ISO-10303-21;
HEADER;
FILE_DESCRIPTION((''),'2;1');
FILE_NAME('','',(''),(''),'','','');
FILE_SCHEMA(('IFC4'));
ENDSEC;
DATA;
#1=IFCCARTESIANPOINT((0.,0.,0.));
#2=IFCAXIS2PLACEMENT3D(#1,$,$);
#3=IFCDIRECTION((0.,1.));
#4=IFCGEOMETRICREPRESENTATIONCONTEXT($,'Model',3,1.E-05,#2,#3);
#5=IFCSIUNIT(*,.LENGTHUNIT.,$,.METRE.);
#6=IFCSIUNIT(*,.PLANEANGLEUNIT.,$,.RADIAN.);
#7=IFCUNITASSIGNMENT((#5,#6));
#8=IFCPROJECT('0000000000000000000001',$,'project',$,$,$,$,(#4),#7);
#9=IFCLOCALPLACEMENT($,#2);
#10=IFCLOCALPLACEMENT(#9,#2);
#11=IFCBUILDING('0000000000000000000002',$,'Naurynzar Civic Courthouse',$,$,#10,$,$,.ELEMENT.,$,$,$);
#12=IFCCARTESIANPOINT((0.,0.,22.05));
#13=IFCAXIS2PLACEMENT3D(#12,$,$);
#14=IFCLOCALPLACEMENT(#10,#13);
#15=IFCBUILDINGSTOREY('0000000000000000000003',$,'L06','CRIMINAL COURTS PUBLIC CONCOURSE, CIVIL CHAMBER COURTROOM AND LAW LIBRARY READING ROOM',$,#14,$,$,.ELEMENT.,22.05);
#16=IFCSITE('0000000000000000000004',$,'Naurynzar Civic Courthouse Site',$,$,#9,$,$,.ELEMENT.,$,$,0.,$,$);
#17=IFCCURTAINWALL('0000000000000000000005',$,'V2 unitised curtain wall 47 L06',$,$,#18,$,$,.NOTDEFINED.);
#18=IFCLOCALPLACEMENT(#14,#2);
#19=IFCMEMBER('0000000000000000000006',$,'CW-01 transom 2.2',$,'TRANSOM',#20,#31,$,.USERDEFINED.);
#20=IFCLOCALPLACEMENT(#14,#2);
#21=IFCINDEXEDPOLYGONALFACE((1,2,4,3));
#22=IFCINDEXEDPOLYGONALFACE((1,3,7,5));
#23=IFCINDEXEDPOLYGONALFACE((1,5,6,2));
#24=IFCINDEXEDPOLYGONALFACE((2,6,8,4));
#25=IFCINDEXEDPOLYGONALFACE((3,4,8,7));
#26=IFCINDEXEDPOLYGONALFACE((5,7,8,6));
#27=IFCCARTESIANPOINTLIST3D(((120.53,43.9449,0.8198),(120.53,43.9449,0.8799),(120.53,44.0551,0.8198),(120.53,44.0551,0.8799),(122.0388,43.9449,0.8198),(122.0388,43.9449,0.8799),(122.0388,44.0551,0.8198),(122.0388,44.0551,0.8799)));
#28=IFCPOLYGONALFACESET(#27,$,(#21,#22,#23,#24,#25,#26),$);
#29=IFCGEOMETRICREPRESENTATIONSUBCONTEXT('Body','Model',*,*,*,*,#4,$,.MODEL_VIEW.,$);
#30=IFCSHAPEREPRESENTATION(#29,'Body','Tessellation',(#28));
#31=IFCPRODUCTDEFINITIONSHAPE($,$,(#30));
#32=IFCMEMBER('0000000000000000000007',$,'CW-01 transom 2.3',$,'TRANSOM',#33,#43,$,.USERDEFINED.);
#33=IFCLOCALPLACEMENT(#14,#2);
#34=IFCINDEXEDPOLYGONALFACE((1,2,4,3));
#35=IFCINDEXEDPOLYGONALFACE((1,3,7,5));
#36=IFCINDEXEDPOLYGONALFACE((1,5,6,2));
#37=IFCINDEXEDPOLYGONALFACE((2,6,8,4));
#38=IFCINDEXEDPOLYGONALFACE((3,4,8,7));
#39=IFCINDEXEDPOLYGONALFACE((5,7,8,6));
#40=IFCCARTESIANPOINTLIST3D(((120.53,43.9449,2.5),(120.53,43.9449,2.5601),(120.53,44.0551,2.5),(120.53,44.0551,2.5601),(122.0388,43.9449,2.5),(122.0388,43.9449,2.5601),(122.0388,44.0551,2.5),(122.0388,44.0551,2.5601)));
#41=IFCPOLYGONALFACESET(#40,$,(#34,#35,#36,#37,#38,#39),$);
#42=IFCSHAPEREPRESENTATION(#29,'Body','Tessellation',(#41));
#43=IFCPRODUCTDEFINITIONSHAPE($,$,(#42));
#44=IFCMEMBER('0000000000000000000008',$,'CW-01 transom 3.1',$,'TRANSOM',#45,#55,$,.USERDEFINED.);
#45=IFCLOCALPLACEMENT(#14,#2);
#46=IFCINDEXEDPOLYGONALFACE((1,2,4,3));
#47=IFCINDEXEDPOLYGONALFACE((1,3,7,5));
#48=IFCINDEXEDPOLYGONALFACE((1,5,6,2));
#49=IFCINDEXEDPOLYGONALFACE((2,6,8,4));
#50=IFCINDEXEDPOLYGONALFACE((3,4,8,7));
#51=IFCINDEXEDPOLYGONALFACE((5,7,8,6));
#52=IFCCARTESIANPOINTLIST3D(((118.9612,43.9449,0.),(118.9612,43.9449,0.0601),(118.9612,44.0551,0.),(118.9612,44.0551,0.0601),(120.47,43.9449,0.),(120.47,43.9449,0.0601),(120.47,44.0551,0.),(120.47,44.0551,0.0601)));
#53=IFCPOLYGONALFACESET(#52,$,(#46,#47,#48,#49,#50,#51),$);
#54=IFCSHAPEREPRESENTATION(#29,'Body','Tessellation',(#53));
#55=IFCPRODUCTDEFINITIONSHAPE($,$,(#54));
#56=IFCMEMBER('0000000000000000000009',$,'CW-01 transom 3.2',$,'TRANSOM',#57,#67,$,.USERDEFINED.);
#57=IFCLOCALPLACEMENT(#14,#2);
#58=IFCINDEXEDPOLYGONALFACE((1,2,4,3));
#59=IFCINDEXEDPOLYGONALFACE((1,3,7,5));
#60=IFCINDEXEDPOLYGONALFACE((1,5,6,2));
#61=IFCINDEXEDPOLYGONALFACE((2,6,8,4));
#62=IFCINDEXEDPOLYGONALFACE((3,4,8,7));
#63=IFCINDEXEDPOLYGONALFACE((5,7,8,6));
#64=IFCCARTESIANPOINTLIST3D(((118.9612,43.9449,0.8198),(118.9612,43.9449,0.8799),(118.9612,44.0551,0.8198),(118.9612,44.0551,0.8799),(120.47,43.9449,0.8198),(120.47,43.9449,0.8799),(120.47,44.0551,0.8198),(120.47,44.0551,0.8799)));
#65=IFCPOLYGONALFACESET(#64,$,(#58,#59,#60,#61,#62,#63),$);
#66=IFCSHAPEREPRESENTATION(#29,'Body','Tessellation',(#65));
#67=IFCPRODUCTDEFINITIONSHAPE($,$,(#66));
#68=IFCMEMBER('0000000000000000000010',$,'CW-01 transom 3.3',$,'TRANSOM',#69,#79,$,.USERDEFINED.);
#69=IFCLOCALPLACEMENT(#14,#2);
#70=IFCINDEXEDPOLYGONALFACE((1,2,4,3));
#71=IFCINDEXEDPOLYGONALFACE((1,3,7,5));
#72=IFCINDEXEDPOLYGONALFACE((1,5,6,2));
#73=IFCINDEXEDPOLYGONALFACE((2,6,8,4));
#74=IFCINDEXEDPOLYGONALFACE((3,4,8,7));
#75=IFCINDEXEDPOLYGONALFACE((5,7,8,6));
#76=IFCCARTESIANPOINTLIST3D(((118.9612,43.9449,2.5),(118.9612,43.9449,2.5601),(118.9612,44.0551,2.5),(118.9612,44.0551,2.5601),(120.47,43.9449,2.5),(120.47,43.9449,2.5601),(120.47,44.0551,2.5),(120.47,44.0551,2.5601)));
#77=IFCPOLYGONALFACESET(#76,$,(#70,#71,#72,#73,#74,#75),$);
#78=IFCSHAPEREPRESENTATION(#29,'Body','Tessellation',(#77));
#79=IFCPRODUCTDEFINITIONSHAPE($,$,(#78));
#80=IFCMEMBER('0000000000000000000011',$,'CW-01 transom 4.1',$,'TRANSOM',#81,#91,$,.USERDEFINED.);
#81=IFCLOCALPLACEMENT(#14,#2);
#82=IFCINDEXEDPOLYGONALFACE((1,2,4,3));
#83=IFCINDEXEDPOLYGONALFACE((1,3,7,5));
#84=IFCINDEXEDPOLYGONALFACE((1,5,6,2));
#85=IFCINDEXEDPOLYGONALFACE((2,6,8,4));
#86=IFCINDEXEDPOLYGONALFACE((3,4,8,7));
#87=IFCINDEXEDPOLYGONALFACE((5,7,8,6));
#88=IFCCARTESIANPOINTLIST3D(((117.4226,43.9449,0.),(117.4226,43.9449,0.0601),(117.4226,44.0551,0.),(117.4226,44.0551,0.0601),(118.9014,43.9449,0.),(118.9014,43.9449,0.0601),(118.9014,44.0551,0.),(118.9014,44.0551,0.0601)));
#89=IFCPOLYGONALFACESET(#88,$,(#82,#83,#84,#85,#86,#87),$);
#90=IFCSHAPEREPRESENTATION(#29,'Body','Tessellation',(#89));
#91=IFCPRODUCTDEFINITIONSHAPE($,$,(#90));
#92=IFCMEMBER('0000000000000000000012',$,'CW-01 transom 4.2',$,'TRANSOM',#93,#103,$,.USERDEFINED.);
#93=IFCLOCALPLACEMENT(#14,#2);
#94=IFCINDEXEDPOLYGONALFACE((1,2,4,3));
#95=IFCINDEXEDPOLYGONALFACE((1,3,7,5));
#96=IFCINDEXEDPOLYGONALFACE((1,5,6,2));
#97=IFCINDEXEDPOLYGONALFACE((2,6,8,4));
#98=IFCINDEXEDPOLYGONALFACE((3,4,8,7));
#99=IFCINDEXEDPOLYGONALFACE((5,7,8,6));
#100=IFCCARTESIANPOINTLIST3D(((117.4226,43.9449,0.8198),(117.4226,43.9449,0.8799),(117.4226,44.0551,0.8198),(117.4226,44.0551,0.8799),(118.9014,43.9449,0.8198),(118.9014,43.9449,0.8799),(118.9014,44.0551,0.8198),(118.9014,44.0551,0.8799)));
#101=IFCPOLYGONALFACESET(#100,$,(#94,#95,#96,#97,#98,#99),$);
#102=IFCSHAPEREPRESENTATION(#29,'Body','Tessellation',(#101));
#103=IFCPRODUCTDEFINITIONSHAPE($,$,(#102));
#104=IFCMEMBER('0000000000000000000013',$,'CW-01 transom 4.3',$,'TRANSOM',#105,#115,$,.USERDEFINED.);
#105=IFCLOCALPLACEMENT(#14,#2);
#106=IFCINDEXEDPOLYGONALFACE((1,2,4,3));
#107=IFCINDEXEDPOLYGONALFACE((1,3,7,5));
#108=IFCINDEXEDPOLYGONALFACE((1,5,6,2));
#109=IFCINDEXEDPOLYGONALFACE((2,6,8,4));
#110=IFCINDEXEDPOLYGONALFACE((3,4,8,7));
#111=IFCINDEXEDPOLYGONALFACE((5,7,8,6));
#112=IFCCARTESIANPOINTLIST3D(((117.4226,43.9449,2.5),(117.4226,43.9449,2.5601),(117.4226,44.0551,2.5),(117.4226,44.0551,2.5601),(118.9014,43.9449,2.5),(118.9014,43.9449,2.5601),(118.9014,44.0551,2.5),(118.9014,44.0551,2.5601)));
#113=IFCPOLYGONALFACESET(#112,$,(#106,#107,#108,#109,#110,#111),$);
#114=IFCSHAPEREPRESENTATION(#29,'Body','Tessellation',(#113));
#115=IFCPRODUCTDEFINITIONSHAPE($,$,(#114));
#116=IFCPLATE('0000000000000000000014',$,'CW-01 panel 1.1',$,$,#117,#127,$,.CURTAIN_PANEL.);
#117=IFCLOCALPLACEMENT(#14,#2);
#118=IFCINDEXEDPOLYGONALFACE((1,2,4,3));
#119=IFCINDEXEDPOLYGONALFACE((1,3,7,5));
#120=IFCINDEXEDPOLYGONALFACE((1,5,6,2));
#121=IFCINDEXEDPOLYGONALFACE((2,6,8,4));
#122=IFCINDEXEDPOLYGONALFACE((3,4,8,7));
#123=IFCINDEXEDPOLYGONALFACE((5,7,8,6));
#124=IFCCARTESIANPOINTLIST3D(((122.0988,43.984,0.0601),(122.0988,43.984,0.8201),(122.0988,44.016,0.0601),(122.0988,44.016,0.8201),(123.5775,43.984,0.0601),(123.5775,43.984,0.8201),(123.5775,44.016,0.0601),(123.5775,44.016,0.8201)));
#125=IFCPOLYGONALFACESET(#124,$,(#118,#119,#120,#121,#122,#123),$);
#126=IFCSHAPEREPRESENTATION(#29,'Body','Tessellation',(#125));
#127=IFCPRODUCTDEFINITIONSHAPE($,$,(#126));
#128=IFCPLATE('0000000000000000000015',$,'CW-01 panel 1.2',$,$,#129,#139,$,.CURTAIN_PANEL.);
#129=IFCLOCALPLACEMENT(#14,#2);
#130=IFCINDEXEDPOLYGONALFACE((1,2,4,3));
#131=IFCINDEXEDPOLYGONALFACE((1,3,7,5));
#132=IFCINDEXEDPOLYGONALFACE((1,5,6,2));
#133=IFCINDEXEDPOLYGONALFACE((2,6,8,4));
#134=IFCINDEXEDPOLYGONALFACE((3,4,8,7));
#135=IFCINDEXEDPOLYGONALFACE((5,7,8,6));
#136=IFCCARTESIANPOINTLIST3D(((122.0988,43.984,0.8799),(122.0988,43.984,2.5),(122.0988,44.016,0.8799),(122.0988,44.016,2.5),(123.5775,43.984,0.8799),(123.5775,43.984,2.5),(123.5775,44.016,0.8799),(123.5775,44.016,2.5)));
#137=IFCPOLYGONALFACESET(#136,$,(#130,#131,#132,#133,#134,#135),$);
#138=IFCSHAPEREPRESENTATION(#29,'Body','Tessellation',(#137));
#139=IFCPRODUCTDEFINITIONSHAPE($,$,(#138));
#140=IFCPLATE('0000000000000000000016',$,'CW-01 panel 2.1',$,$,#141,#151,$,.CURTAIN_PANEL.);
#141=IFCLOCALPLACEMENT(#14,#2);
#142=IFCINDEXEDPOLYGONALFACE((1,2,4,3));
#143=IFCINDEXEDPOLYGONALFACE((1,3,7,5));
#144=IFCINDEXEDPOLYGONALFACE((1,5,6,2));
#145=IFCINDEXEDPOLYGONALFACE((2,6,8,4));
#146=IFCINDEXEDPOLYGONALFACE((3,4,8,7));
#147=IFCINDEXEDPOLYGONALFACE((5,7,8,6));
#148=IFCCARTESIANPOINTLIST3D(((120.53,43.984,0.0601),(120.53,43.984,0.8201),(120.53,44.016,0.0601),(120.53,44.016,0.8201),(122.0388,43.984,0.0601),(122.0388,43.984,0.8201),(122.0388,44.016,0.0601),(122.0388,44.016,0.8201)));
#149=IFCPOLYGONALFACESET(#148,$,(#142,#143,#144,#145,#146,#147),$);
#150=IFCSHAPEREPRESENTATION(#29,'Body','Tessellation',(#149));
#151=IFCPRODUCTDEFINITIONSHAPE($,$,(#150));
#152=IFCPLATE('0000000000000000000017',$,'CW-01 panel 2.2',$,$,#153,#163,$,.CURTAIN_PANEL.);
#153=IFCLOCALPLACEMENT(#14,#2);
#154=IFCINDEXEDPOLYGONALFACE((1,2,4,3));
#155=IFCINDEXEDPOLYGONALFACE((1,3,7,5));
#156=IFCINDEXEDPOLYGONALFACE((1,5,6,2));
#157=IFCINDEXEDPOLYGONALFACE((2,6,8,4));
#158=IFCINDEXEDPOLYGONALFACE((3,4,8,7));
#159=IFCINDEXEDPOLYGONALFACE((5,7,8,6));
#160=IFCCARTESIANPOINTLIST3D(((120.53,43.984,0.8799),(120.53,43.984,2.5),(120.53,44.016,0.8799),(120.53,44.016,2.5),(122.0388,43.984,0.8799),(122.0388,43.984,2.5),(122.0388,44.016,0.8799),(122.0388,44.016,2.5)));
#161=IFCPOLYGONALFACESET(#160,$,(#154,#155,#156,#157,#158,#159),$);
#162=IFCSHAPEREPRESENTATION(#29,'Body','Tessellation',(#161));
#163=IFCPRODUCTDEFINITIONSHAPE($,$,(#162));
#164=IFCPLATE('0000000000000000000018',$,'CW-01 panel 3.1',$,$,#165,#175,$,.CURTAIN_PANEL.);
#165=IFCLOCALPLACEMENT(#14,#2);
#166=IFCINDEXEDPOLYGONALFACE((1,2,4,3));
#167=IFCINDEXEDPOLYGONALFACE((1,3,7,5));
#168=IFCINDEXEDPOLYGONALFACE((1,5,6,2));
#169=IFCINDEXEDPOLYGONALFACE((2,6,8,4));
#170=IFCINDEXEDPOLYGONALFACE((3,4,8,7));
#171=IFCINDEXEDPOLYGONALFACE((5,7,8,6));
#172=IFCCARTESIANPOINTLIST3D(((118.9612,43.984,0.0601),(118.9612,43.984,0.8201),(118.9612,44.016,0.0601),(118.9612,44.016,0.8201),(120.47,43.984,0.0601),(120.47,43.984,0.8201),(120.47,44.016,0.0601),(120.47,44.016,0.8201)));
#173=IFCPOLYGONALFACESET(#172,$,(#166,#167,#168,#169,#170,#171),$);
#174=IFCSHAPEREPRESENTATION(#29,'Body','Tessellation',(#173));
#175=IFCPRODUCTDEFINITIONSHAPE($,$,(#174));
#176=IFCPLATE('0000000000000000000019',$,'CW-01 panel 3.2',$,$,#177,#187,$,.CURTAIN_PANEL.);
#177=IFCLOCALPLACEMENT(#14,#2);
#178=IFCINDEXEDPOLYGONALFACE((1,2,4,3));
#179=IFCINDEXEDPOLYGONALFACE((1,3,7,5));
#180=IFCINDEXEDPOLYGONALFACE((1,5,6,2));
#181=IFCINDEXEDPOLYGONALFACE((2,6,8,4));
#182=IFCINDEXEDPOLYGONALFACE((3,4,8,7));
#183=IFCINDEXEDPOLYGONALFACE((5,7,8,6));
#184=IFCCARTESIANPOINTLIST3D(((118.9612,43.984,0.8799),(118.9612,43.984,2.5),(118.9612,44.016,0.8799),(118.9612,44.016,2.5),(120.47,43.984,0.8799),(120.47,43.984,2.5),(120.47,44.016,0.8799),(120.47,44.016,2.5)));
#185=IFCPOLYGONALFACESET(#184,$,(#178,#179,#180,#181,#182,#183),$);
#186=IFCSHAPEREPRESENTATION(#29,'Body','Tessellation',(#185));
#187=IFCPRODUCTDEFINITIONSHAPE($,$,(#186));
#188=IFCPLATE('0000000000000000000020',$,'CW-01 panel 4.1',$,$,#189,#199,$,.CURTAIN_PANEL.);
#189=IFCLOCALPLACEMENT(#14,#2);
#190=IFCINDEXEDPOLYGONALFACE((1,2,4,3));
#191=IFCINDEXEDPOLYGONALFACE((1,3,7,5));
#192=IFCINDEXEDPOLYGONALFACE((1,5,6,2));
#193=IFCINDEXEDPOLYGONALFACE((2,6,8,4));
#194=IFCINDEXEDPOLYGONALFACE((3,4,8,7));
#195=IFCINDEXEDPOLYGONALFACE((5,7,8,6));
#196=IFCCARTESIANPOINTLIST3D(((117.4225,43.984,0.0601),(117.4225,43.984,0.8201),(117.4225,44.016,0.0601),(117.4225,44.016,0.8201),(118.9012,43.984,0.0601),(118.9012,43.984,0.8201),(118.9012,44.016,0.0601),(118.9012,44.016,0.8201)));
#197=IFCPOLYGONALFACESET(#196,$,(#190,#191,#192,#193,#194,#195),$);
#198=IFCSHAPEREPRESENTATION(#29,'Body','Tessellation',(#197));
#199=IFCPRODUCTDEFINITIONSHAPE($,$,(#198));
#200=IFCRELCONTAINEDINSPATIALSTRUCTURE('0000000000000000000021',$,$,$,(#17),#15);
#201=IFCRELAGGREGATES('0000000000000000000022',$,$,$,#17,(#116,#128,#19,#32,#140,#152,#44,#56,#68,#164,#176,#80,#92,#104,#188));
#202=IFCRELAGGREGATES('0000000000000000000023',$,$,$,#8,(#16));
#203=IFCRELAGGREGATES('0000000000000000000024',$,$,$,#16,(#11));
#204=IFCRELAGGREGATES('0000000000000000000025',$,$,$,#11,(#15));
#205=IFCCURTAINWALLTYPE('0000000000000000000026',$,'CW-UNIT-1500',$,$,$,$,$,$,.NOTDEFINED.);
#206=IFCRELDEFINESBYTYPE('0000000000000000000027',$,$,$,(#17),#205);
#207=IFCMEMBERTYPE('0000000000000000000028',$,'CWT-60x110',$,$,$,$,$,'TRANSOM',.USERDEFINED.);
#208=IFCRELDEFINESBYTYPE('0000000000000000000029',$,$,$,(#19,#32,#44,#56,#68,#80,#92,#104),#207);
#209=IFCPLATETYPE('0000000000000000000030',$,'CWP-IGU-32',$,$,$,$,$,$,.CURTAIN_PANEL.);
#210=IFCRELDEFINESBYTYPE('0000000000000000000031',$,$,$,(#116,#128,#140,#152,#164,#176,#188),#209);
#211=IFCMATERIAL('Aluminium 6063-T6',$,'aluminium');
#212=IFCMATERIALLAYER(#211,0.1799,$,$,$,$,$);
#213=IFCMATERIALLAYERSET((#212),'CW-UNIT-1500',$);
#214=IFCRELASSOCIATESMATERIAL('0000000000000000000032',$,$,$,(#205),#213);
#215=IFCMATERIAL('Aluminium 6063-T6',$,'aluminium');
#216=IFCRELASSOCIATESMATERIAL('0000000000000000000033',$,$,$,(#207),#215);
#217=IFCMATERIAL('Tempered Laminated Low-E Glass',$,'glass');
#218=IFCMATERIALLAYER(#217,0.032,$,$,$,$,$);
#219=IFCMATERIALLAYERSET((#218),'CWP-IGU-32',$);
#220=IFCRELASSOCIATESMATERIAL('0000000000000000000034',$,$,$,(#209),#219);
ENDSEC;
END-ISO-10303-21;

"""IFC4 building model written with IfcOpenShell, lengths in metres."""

from ifc_helpers import new_model, si_unit, direction, frame, origin, origin_2d, place, context, subcontext, project, spatial, rectangle, extrude, material, layer, layer_set, material_profile, profile_set, type_object, element, aggregate, save


model = new_model("IFC4")

# Units and contexts
model_context = context("Model", 3, precision=1e-05, world=origin(), true_north=direction((0.0, 1.0)))
body_context = subcontext(model_context, "Body", "Model", "MODEL_VIEW")
ifc_project = project(units=[si_unit("LENGTHUNIT", "METRE"), si_unit("PLANEANGLEUNIT", "RADIAN")], contexts=[model_context])

# Site, building, storey
site_placement = place(None, origin())
site = spatial("IfcSite", under=ifc_project, at=site_placement, Name="Naurynzar Civic Courthouse Site", CompositionType="ELEMENT", RefElevation=0.0)
building_placement = place(site_placement, origin())
building = spatial("IfcBuilding", under=site, at=building_placement, Name="Naurynzar Civic Courthouse", CompositionType="ELEMENT")
storey_placement = place(building_placement, frame((0.0, 0.0, 22.05)))
storey = spatial("IfcBuildingStorey", under=building, at=storey_placement, Name="L06", Description="CRIMINAL COURTS PUBLIC CONCOURSE, CIVIL CHAMBER COURTROOM AND LAW LIBRARY READING ROOM", CompositionType="ELEMENT", Elevation=22.05)

# Curtain wall, members, plates
ifc_material_1 = material(Name="Aluminium 6063-T6", Category="aluminium")
ifc_layer_1 = layer(ifc_material_1, 0.1799)
ifc_layer_set_1 = layer_set([ifc_layer_1], Name="CW-UNIT-1500")
curtain_wall_type = type_object("IfcCurtainWallType", Name="CW-UNIT-1500", PredefinedType="NOTDEFINED", material=ifc_layer_set_1)
curtain_wall_placement = place(storey_placement, origin())
curtain_wall = element("IfcCurtainWall", 1, at=curtain_wall_placement, inside=storey, type_object=curtain_wall_type, Name="V2 unitised curtain wall 47 L06", PredefinedType="NOTDEFINED")
ifc_material_2 = material(Name="Aluminium 6063-T6", Category="aluminium")
ifc_material_profile_1 = material_profile(ifc_material_2, rectangle(XDim=0.1101, YDim=0.0601, at=origin_2d()), Name="ALU TRANSOM 60x110")
ifc_profile_set_1 = profile_set([ifc_material_profile_1], Name="Aluminium 6063-T6")
member_type_1 = type_object("IfcMemberType", Name="CWT-60x110", ElementType="TRANSOM", PredefinedType="USERDEFINED", material=ifc_profile_set_1)
member_1_placement = place(storey_placement, frame((122.0388, 44.0, 0.8499), z_axis=(-1.0, 0.0, 0.0), x_axis=(0.0, -1.0, 0.0)))
member_1 = element("IfcMember", 2, at=member_1_placement, type_object=member_type_1, Name="CW-01 transom 2.2", ObjectType="TRANSOM", PredefinedType="USERDEFINED", context=body_context, shape_type="SweptSolid", body=[
    extrude(rectangle(XDim=0.1101, YDim=0.0601, at=origin_2d()), origin(), (0.0, 0.0, 1.0), 1.5088),
])
member_2_placement = place(storey_placement, frame((122.0388, 44.0, 2.53), z_axis=(-1.0, 0.0, 0.0), x_axis=(0.0, -1.0, 0.0)))
member_2 = element("IfcMember", 3, at=member_2_placement, type_object=member_type_1, Name="CW-01 transom 2.3", ObjectType="TRANSOM", PredefinedType="USERDEFINED", context=body_context, shape_type="SweptSolid", body=[
    extrude(rectangle(XDim=0.1101, YDim=0.0601, at=origin_2d()), origin(), (0.0, 0.0, 1.0), 1.5088),
])
member_3_placement = place(storey_placement, frame((120.47, 44.0, 0.03), z_axis=(-1.0, 0.0, 0.0), x_axis=(0.0, -1.0, 0.0)))
member_3 = element("IfcMember", 4, at=member_3_placement, type_object=member_type_1, Name="CW-01 transom 3.1", ObjectType="TRANSOM", PredefinedType="USERDEFINED", context=body_context, shape_type="SweptSolid", body=[
    extrude(rectangle(XDim=0.1101, YDim=0.0601, at=origin_2d()), origin(), (0.0, 0.0, 1.0), 1.5088),
])
member_4_placement = place(storey_placement, frame((120.47, 44.0, 0.8499), z_axis=(-1.0, 0.0, 0.0), x_axis=(0.0, -1.0, 0.0)))
member_4 = element("IfcMember", 5, at=member_4_placement, type_object=member_type_1, Name="CW-01 transom 3.2", ObjectType="TRANSOM", PredefinedType="USERDEFINED", context=body_context, shape_type="SweptSolid", body=[
    extrude(rectangle(XDim=0.1101, YDim=0.0601, at=origin_2d()), origin(), (0.0, 0.0, 1.0), 1.5088),
])
member_5_placement = place(storey_placement, frame((120.47, 44.0, 2.53), z_axis=(-1.0, 0.0, 0.0), x_axis=(0.0, -1.0, 0.0)))
member_5 = element("IfcMember", 6, at=member_5_placement, type_object=member_type_1, Name="CW-01 transom 3.3", ObjectType="TRANSOM", PredefinedType="USERDEFINED", context=body_context, shape_type="SweptSolid", body=[
    extrude(rectangle(XDim=0.1101, YDim=0.0601, at=origin_2d()), origin(), (0.0, 0.0, 1.0), 1.5088),
])
member_6_placement = place(storey_placement, frame((118.9014, 44.0, 0.03), z_axis=(-1.0, 0.0, 0.0), x_axis=(0.0, -1.0, 0.0)))
member_6 = element("IfcMember", 7, at=member_6_placement, type_object=member_type_1, Name="CW-01 transom 4.1", ObjectType="TRANSOM", PredefinedType="USERDEFINED", context=body_context, shape_type="SweptSolid", body=[
    extrude(rectangle(XDim=0.1101, YDim=0.0601, at=origin_2d()), origin(), (0.0, 0.0, 1.0), 1.4788),
])
member_7_placement = place(storey_placement, frame((118.9014, 44.0, 0.8499), z_axis=(-1.0, 0.0, 0.0), x_axis=(0.0, -1.0, 0.0)))
member_7 = element("IfcMember", 8, at=member_7_placement, type_object=member_type_1, Name="CW-01 transom 4.2", ObjectType="TRANSOM", PredefinedType="USERDEFINED", context=body_context, shape_type="SweptSolid", body=[
    extrude(rectangle(XDim=0.1101, YDim=0.0601, at=origin_2d()), origin(), (0.0, 0.0, 1.0), 1.4788),
])
member_8_placement = place(storey_placement, frame((118.9014, 44.0, 2.53), z_axis=(-1.0, 0.0, 0.0), x_axis=(0.0, -1.0, 0.0)))
member_8 = element("IfcMember", 9, at=member_8_placement, type_object=member_type_1, Name="CW-01 transom 4.3", ObjectType="TRANSOM", PredefinedType="USERDEFINED", context=body_context, shape_type="SweptSolid", body=[
    extrude(rectangle(XDim=0.1101, YDim=0.0601, at=origin_2d()), origin(), (0.0, 0.0, 1.0), 1.4788),
])
ifc_material_3 = material(Name="Tempered Laminated Low-E Glass", Category="glass")
ifc_layer_2 = layer(ifc_material_3, 0.032)
ifc_layer_set_2 = layer_set([ifc_layer_2], Name="CWP-IGU-32")
plate_type = type_object("IfcPlateType", Name="CWP-IGU-32", PredefinedType="CURTAIN_PANEL", material=ifc_layer_set_2)
plate_1_placement = place(storey_placement, frame((122.8381, 44.0, 0.0601), z_axis=(0.0, 0.0, 1.0), x_axis=(-1.0, 0.0, 0.0)))
plate_1 = element("IfcPlate", 10, at=plate_1_placement, type_object=plate_type, Name="CW-01 panel 1.1", PredefinedType="CURTAIN_PANEL", context=body_context, shape_type="SweptSolid", body=[
    extrude(rectangle(XDim=1.4788, YDim=0.032, at=origin_2d()), origin(), (0.0, 0.0, 1.0), 0.76),
])
plate_2_placement = place(storey_placement, frame((122.8381, 44.0, 0.8799), z_axis=(0.0, 0.0, 1.0), x_axis=(-1.0, 0.0, 0.0)))
plate_2 = element("IfcPlate", 11, at=plate_2_placement, type_object=plate_type, Name="CW-01 panel 1.2", PredefinedType="CURTAIN_PANEL", context=body_context, shape_type="SweptSolid", body=[
    extrude(rectangle(XDim=1.4788, YDim=0.032, at=origin_2d()), origin(), (0.0, 0.0, 1.0), 1.6201),
])
plate_3_placement = place(storey_placement, frame((121.2844, 44.0, 0.0601), z_axis=(0.0, 0.0, 1.0), x_axis=(-1.0, 0.0, 0.0)))
plate_3 = element("IfcPlate", 12, at=plate_3_placement, type_object=plate_type, Name="CW-01 panel 2.1", PredefinedType="CURTAIN_PANEL", context=body_context, shape_type="SweptSolid", body=[
    extrude(rectangle(XDim=1.5088, YDim=0.032, at=origin_2d()), origin(), (0.0, 0.0, 1.0), 0.76),
])
plate_4_placement = place(storey_placement, frame((121.2844, 44.0, 0.8799), z_axis=(0.0, 0.0, 1.0), x_axis=(-1.0, 0.0, 0.0)))
plate_4 = element("IfcPlate", 13, at=plate_4_placement, type_object=plate_type, Name="CW-01 panel 2.2", PredefinedType="CURTAIN_PANEL", context=body_context, shape_type="SweptSolid", body=[
    extrude(rectangle(XDim=1.5088, YDim=0.032, at=origin_2d()), origin(), (0.0, 0.0, 1.0), 1.6201),
])
plate_5_placement = place(storey_placement, frame((119.7156, 44.0, 0.0601), z_axis=(0.0, 0.0, 1.0), x_axis=(-1.0, 0.0, 0.0)))
plate_5 = element("IfcPlate", 14, at=plate_5_placement, type_object=plate_type, Name="CW-01 panel 3.1", PredefinedType="CURTAIN_PANEL", context=body_context, shape_type="SweptSolid", body=[
    extrude(rectangle(XDim=1.5088, YDim=0.032, at=origin_2d()), origin(), (0.0, 0.0, 1.0), 0.76),
])
plate_6_placement = place(storey_placement, frame((119.7156, 44.0, 0.8799), z_axis=(0.0, 0.0, 1.0), x_axis=(-1.0, 0.0, 0.0)))
plate_6 = element("IfcPlate", 15, at=plate_6_placement, type_object=plate_type, Name="CW-01 panel 3.2", PredefinedType="CURTAIN_PANEL", context=body_context, shape_type="SweptSolid", body=[
    extrude(rectangle(XDim=1.5088, YDim=0.032, at=origin_2d()), origin(), (0.0, 0.0, 1.0), 1.6201),
])
plate_7_placement = place(storey_placement, frame((118.1619, 44.0, 0.0601), z_axis=(0.0, 0.0, 1.0), x_axis=(-1.0, 0.0, 0.0)))
plate_7 = element("IfcPlate", 16, at=plate_7_placement, type_object=plate_type, Name="CW-01 panel 4.1", PredefinedType="CURTAIN_PANEL", context=body_context, shape_type="SweptSolid", body=[
    extrude(rectangle(XDim=1.4788, YDim=0.032, at=origin_2d()), origin(), (0.0, 0.0, 1.0), 0.76),
])
aggregate(curtain_wall, [plate_1, plate_2, member_1, member_2, plate_3, plate_4, member_3, member_4, member_5, plate_5, plate_6, member_6, member_7, member_8, plate_7])

save(model, "model.ifc")
